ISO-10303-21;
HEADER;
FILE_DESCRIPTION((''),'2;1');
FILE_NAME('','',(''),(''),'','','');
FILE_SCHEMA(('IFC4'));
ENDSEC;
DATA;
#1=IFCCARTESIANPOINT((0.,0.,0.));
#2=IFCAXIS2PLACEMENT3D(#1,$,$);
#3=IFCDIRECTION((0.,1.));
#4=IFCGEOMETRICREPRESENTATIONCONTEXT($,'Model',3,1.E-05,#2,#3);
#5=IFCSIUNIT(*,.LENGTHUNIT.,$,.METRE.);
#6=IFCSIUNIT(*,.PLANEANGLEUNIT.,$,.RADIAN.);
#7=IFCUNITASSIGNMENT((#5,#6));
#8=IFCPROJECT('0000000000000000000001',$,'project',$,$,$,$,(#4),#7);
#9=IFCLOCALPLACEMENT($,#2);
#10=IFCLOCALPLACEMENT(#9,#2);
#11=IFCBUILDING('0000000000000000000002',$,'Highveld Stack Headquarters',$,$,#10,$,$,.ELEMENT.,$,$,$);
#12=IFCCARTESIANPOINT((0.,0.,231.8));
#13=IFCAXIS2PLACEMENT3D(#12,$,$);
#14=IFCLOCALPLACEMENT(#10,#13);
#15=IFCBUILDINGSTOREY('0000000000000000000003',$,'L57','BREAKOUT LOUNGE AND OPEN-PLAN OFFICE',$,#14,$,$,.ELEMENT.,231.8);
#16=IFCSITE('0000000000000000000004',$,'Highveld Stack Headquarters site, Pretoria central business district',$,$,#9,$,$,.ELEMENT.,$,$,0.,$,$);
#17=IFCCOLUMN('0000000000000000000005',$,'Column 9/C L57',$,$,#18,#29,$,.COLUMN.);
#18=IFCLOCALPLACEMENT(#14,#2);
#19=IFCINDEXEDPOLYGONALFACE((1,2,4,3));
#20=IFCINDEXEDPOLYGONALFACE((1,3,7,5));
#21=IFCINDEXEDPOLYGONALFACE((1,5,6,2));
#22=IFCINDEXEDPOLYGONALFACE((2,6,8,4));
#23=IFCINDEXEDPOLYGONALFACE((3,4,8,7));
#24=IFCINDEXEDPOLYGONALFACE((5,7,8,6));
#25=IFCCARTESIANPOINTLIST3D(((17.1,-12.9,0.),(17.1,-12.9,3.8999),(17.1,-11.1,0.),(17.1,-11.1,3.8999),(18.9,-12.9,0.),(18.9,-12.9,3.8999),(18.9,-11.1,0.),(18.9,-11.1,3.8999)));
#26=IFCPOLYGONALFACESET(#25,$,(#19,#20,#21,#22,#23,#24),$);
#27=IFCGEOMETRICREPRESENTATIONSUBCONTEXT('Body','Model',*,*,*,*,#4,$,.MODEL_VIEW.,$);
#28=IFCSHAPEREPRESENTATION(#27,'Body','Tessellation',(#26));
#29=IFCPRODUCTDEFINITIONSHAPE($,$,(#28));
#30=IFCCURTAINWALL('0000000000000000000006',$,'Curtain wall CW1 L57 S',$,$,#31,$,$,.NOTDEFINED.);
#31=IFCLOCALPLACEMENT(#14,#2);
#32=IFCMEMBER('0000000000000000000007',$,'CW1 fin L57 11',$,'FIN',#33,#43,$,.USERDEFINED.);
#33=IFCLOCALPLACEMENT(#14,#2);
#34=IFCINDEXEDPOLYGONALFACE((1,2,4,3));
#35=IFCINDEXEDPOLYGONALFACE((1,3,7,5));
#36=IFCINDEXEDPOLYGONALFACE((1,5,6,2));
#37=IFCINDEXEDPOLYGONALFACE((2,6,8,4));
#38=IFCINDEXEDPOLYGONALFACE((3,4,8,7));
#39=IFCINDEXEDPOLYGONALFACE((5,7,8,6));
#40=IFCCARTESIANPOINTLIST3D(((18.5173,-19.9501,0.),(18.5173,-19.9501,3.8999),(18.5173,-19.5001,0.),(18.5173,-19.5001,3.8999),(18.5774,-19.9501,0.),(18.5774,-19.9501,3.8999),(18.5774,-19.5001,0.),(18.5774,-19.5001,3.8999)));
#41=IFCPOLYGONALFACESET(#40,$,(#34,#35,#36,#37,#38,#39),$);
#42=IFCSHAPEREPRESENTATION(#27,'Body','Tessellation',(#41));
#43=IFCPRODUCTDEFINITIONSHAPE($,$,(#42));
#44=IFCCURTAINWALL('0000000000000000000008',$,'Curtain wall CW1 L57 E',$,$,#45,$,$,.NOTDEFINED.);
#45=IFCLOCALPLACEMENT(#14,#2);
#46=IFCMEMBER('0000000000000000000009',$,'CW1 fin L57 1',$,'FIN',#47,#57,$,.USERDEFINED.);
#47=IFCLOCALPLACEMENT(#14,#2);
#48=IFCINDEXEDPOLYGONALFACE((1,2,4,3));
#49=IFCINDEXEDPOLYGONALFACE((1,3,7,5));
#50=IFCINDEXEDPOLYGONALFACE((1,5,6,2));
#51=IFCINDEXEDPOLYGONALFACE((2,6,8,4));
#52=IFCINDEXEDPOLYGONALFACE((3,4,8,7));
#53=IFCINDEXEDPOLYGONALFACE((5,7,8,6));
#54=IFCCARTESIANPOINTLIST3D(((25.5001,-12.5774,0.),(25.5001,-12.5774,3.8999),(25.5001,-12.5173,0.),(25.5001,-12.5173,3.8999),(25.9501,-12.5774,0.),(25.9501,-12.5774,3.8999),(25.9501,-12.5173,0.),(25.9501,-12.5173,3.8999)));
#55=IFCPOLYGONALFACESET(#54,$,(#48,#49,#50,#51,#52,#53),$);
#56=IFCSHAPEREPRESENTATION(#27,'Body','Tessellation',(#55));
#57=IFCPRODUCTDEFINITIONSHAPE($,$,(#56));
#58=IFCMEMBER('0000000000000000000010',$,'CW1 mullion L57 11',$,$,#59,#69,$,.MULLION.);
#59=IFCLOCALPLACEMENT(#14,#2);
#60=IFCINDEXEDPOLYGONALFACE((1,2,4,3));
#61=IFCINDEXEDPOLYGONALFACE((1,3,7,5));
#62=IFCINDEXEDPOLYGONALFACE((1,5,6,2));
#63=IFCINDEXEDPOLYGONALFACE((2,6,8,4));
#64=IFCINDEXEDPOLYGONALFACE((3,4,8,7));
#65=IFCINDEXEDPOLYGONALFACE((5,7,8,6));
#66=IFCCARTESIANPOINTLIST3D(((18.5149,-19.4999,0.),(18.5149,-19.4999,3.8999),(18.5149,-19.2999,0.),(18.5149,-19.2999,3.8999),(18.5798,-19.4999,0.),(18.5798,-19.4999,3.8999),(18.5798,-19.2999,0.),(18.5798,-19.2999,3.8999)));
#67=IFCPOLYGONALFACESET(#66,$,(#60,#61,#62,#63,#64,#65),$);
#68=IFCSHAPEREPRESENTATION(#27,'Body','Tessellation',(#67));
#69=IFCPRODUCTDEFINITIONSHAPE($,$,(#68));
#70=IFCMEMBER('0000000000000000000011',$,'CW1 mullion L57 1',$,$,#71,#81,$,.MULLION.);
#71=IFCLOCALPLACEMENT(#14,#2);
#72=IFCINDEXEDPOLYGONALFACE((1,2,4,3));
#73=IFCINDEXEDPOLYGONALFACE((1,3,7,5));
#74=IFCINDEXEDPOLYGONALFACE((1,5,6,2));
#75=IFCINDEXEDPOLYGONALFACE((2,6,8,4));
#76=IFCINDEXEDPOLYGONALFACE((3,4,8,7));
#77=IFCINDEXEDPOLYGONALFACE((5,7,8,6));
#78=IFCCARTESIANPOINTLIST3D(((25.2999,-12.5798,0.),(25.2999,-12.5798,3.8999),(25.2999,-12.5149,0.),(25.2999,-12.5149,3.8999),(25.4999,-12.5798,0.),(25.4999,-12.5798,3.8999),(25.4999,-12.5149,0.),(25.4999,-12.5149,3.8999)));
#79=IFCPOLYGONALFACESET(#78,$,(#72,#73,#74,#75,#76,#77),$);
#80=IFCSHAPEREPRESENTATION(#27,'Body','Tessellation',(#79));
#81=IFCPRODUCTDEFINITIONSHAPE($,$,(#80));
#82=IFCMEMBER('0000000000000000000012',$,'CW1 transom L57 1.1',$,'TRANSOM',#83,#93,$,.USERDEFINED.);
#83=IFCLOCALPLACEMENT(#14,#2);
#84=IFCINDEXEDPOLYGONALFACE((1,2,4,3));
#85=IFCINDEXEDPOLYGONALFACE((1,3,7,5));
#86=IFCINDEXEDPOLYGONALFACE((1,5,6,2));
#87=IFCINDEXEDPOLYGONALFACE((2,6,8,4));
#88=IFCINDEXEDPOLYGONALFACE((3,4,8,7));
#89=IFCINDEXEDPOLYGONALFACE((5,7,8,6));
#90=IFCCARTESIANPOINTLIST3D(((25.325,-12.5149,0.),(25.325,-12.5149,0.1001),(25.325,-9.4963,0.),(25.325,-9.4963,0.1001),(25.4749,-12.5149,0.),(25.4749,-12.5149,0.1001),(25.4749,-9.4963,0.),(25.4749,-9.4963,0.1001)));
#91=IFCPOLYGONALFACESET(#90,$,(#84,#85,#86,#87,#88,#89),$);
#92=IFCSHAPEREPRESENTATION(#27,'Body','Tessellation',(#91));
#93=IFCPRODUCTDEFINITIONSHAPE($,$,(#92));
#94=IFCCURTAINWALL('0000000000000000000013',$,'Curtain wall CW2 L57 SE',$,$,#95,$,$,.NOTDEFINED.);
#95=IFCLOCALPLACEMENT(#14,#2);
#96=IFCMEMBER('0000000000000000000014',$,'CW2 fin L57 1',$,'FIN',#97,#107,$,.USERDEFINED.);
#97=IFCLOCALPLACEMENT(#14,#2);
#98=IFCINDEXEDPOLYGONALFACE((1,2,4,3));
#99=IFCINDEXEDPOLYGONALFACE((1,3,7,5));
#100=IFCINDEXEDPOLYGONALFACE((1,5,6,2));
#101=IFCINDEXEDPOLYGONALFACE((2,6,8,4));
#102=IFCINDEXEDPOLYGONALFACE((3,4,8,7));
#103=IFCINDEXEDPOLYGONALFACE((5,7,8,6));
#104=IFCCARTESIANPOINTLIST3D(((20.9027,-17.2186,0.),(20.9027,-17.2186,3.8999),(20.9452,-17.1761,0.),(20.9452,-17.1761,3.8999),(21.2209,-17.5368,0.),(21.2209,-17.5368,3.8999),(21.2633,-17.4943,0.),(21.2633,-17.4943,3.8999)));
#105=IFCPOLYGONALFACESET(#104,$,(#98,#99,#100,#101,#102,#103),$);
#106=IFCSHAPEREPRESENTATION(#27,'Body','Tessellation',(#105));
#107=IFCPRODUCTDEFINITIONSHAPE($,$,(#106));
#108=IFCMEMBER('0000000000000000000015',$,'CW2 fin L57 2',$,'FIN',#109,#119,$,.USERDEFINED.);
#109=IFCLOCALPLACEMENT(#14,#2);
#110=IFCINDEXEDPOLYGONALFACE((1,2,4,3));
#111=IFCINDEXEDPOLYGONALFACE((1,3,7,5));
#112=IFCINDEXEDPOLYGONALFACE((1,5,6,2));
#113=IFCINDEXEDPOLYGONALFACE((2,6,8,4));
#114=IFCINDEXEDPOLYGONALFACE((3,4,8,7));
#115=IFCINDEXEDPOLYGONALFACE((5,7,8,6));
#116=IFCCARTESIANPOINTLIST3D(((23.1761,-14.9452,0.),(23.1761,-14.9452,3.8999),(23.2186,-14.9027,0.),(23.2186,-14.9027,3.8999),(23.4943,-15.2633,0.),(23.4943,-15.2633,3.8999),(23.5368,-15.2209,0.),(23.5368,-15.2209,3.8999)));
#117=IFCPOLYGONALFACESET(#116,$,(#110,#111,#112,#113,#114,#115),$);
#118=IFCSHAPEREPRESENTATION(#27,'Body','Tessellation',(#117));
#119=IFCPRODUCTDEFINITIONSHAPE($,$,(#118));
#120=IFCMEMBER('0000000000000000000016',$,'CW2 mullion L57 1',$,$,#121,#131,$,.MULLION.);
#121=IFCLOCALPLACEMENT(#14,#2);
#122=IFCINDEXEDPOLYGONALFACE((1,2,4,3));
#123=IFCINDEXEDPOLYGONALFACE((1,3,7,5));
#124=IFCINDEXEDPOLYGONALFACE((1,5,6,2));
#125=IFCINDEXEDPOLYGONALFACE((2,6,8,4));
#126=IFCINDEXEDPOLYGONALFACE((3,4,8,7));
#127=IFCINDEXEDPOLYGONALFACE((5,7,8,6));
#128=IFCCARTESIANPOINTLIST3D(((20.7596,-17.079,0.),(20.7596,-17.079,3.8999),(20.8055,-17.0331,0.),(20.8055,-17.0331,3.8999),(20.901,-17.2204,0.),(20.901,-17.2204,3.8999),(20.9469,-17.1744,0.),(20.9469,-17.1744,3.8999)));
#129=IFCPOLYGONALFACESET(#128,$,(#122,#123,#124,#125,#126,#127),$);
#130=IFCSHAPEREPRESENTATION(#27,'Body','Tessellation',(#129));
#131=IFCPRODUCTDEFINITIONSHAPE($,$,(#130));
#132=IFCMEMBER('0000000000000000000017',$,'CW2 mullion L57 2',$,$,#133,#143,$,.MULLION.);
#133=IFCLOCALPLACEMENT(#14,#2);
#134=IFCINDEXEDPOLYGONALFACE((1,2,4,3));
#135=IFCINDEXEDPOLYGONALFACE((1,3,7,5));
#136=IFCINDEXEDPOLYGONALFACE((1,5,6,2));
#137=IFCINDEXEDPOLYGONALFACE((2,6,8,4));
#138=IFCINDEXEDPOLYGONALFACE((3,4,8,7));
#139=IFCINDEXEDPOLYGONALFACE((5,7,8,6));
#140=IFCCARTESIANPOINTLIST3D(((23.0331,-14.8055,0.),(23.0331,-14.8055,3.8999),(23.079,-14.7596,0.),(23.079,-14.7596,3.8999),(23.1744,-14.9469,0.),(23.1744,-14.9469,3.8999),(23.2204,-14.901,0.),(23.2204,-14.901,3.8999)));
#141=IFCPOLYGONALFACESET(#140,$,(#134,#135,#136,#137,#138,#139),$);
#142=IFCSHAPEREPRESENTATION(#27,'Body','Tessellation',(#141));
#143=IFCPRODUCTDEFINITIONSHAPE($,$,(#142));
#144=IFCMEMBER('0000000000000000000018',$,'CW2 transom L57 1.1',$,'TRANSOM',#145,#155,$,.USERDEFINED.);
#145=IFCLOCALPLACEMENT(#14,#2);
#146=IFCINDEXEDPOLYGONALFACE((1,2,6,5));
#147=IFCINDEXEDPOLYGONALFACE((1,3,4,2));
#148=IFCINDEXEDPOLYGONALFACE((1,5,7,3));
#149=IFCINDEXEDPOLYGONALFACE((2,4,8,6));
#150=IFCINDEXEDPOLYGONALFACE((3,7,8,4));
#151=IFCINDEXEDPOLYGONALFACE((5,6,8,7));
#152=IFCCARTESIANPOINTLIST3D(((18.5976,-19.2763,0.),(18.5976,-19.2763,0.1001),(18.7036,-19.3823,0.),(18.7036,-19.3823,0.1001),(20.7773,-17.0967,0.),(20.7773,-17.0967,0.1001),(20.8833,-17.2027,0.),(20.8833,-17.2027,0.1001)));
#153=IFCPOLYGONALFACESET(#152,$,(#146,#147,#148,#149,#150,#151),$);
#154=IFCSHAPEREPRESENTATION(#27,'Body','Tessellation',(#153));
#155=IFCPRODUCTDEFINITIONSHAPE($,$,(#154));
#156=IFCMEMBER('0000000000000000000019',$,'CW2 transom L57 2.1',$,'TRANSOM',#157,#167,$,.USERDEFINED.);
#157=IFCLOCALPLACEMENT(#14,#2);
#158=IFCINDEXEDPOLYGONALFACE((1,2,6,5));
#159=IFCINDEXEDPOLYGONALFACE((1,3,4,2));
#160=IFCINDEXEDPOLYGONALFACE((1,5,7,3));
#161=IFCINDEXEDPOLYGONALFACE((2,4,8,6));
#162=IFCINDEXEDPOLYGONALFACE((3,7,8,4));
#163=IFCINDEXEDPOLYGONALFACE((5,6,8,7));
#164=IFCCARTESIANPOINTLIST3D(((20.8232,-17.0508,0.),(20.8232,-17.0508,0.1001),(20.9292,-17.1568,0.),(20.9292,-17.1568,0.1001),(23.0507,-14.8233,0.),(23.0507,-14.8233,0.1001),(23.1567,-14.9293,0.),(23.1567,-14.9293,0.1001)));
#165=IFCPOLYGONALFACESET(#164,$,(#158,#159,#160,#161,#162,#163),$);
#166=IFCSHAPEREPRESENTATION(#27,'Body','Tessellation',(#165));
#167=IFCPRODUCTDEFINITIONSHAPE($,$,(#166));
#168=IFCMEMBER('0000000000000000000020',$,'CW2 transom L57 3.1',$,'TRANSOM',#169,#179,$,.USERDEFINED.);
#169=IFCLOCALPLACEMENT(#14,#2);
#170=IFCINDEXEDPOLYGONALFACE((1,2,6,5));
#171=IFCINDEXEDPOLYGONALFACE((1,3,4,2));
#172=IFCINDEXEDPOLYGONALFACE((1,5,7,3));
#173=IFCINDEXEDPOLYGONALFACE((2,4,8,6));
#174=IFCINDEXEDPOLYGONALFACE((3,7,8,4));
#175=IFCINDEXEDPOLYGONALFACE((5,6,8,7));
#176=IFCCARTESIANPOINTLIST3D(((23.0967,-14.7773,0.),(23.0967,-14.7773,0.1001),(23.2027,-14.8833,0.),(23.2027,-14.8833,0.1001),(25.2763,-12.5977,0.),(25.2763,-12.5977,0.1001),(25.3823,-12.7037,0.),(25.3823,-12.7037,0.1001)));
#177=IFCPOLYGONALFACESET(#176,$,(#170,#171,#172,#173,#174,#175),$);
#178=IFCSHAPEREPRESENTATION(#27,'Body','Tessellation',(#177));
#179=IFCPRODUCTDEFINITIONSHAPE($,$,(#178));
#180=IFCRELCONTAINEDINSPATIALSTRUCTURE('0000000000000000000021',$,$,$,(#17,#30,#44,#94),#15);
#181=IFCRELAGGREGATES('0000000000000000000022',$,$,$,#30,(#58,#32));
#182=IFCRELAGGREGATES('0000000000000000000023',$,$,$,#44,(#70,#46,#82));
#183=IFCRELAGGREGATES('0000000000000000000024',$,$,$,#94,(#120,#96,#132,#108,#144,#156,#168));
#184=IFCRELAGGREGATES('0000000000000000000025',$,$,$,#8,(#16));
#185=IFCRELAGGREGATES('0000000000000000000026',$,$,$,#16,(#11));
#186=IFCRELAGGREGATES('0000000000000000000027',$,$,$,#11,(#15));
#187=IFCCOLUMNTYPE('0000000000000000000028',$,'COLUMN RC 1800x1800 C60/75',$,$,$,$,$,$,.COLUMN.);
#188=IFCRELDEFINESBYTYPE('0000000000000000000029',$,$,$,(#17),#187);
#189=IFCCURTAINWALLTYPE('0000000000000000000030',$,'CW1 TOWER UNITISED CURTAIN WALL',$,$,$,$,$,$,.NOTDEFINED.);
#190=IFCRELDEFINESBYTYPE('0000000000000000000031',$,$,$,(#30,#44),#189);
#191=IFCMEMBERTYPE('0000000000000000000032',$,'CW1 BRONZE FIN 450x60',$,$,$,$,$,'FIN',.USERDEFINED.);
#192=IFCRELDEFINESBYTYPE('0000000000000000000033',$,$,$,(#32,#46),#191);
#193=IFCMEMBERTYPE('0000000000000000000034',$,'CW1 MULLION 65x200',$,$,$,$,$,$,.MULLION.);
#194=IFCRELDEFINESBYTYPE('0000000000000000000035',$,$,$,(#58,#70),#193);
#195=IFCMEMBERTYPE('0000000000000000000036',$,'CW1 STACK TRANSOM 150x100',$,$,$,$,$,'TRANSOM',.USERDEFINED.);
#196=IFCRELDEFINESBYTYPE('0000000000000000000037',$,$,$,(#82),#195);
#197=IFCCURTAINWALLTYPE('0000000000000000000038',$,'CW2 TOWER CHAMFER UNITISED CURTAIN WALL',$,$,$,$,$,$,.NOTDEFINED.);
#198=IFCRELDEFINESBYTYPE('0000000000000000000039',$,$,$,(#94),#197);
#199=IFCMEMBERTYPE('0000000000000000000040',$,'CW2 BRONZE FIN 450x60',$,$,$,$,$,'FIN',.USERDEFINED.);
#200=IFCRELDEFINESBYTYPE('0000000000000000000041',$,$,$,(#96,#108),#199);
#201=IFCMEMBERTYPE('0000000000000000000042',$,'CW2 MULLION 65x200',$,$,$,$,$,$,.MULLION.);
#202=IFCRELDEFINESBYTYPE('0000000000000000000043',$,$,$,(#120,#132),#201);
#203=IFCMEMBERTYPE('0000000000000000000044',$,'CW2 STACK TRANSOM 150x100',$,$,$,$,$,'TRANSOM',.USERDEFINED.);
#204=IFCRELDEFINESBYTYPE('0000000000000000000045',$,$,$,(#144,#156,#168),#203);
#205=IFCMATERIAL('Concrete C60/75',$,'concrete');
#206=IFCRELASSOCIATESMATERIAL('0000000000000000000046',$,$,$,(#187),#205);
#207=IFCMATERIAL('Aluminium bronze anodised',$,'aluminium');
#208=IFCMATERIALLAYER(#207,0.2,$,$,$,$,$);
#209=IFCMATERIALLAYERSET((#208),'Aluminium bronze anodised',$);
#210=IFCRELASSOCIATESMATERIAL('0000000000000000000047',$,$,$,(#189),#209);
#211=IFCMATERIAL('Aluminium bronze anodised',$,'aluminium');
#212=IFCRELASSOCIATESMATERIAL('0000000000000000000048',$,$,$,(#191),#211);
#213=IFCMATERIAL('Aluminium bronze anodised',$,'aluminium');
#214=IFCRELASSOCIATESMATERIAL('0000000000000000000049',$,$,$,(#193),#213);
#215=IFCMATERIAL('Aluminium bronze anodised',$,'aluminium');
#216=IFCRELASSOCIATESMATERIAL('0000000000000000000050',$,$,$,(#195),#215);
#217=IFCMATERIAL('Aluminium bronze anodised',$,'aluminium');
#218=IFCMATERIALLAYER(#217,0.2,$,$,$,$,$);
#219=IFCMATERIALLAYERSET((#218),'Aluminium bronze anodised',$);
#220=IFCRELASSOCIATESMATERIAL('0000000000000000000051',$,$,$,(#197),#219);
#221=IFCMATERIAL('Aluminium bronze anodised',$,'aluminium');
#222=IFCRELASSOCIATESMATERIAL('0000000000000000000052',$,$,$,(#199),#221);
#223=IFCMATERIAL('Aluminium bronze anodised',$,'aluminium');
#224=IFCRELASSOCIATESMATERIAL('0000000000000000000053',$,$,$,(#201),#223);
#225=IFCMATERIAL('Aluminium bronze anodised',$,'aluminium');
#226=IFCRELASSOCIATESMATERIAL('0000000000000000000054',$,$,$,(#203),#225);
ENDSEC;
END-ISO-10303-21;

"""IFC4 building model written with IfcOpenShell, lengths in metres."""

from ifc_helpers import new_model, si_unit, direction, frame, origin, origin_2d, place, context, subcontext, project, spatial, rectangle, extrude, material, layer, layer_set, material_profile, profile_set, type_object, element, aggregate, save


model = new_model("IFC4")

# Units and contexts
model_context = context("Model", 3, precision=1e-05, world=origin(), true_north=direction((0.0, 1.0)))
body_context = subcontext(model_context, "Body", "Model", "MODEL_VIEW")
ifc_project = project(units=[si_unit("LENGTHUNIT", "METRE"), si_unit("PLANEANGLEUNIT", "RADIAN")], contexts=[model_context])

# Site, building, storey
site_placement = place(None, origin())
site = spatial("IfcSite", under=ifc_project, at=site_placement, Name="Highveld Stack Headquarters site, Pretoria central business district", CompositionType="ELEMENT", RefElevation=0.0)
building_placement = place(site_placement, origin())
building = spatial("IfcBuilding", under=site, at=building_placement, Name="Highveld Stack Headquarters", CompositionType="ELEMENT")
storey_placement = place(building_placement, frame((0.0, 0.0, 231.8)))
storey = spatial("IfcBuildingStorey", under=building, at=storey_placement, Name="L57", Description="BREAKOUT LOUNGE AND OPEN-PLAN OFFICE", CompositionType="ELEMENT", Elevation=231.8)

# Column
ifc_material_1 = material(Name="Concrete C60/75", Category="concrete")
ifc_material_profile_1 = material_profile(ifc_material_1, rectangle(XDim=1.8, YDim=1.8, at=origin_2d()), Name="RC 1800x1800")
ifc_profile_set_1 = profile_set([ifc_material_profile_1], Name="Concrete C60/75")
column_type = type_object("IfcColumnType", Name="COLUMN RC 1800x1800 C60/75", PredefinedType="COLUMN", material=ifc_profile_set_1)
column_placement = place(storey_placement, frame((18.0, -12.0, 0.0), z_axis=(0.0, 0.0, 1.0), x_axis=(1.0, 0.0, 0.0)))
element("IfcColumn", 1, at=column_placement, inside=storey, type_object=column_type, Name="Column 9/C L57", PredefinedType="COLUMN", context=body_context, shape_type="SweptSolid", body=[
    extrude(rectangle(XDim=1.8, YDim=1.8, at=origin_2d()), origin(), (0.0, 0.0, 1.0), 3.8999),
])

# Curtain walls, members
ifc_material_2 = material(Name="Aluminium bronze anodised", Category="aluminium")
ifc_layer_1 = layer(ifc_material_2, 0.2)
ifc_layer_set_1 = layer_set([ifc_layer_1], Name="Aluminium bronze anodised")
curtain_wall_type_1 = type_object("IfcCurtainWallType", Name="CW1 TOWER UNITISED CURTAIN WALL", PredefinedType="NOTDEFINED", material=ifc_layer_set_1)
curtain_wall_1_placement = place(storey_placement, origin())
curtain_wall_1 = element("IfcCurtainWall", 2, at=curtain_wall_1_placement, inside=storey, type_object=curtain_wall_type_1, Name="Curtain wall CW1 L57 S", PredefinedType="NOTDEFINED")
ifc_material_3 = material(Name="Aluminium bronze anodised", Category="aluminium")
ifc_material_profile_2 = material_profile(ifc_material_3, rectangle(XDim=0.45, YDim=0.0601, at=origin_2d()), Name="FIN 450x60")
ifc_profile_set_2 = profile_set([ifc_material_profile_2], Name="Aluminium bronze anodised")
member_type_1 = type_object("IfcMemberType", Name="CW1 BRONZE FIN 450x60", ElementType="FIN", PredefinedType="USERDEFINED", material=ifc_profile_set_2)
member_1_placement = place(storey_placement, frame((18.5474, -19.7251, 0.0), z_axis=(0.0, 0.0, 1.0), x_axis=(0.0, 1.0, 0.0)))
member_1 = element("IfcMember", 3, at=member_1_placement, type_object=member_type_1, Name="CW1 fin L57 11", ObjectType="FIN", PredefinedType="USERDEFINED", context=body_context, shape_type="SweptSolid", body=[
    extrude(rectangle(XDim=0.45, YDim=0.0601, at=origin_2d()), origin(), (0.0, 0.0, 1.0), 3.8999),
])
curtain_wall_2_placement = place(storey_placement, origin())
curtain_wall_2 = element("IfcCurtainWall", 4, at=curtain_wall_2_placement, inside=storey, type_object=curtain_wall_type_1, Name="Curtain wall CW1 L57 E", PredefinedType="NOTDEFINED")
member_2_placement = place(storey_placement, frame((25.7251, -12.5474, 0.0), z_axis=(0.0, 0.0, 1.0), x_axis=(-1.0, 0.0, 0.0)))
member_2 = element("IfcMember", 5, at=member_2_placement, type_object=member_type_1, Name="CW1 fin L57 1", ObjectType="FIN", PredefinedType="USERDEFINED", context=body_context, shape_type="SweptSolid", body=[
    extrude(rectangle(XDim=0.45, YDim=0.0601, at=origin_2d()), origin(), (0.0, 0.0, 1.0), 3.8999),
])

# Members
ifc_material_4 = material(Name="Aluminium bronze anodised", Category="aluminium")
ifc_material_profile_3 = material_profile(ifc_material_4, rectangle(XDim=0.2, YDim=0.0649, at=origin_2d()), Name="CW1 MULLION 65x200")
ifc_profile_set_3 = profile_set([ifc_material_profile_3], Name="Aluminium bronze anodised")
member_type_2 = type_object("IfcMemberType", Name="CW1 MULLION 65x200", PredefinedType="MULLION", material=ifc_profile_set_3)
member_3_placement = place(storey_placement, frame((18.5474, -19.3999, 0.0), z_axis=(0.0, 0.0, 1.0), x_axis=(0.0, 1.0, 0.0)))
member_3 = element("IfcMember", 6, at=member_3_placement, type_object=member_type_2, Name="CW1 mullion L57 11", PredefinedType="MULLION", context=body_context, shape_type="SweptSolid", body=[
    extrude(rectangle(XDim=0.2, YDim=0.0649, at=origin_2d()), origin(), (0.0, 0.0, 1.0), 3.8999),
])
aggregate(curtain_wall_1, [member_3, member_1])
member_4_placement = place(storey_placement, frame((25.3999, -12.5474, 0.0), z_axis=(0.0, 0.0, 1.0), x_axis=(-1.0, 0.0, 0.0)))
member_4 = element("IfcMember", 7, at=member_4_placement, type_object=member_type_2, Name="CW1 mullion L57 1", PredefinedType="MULLION", context=body_context, shape_type="SweptSolid", body=[
    extrude(rectangle(XDim=0.2, YDim=0.0649, at=origin_2d()), origin(), (0.0, 0.0, 1.0), 3.8999),
])
ifc_material_5 = material(Name="Aluminium bronze anodised", Category="aluminium")
ifc_material_profile_4 = material_profile(ifc_material_5, rectangle(XDim=0.1499, YDim=0.1001, at=origin_2d()), Name="CW1 TRANSOM 150x100")
ifc_profile_set_4 = profile_set([ifc_material_profile_4], Name="Aluminium bronze anodised")
member_type_3 = type_object("IfcMemberType", Name="CW1 STACK TRANSOM 150x100", ElementType="TRANSOM", PredefinedType="USERDEFINED", material=ifc_profile_set_4)
member_5_placement = place(storey_placement, frame((25.3999, -12.5149, 0.05), z_axis=(0.0, 1.0, 0.0), x_axis=(-1.0, 0.0, 0.0)))
member_5 = element("IfcMember", 8, at=member_5_placement, type_object=member_type_3, Name="CW1 transom L57 1.1", ObjectType="TRANSOM", PredefinedType="USERDEFINED", context=body_context, shape_type="SweptSolid", body=[
    extrude(rectangle(XDim=0.1499, YDim=0.1001, at=origin_2d()), origin(), (0.0, 0.0, 1.0), 3.0186),
])
aggregate(curtain_wall_2, [member_4, member_2, member_5])

# Curtain wall, members
ifc_material_6 = material(Name="Aluminium bronze anodised", Category="aluminium")
ifc_layer_2 = layer(ifc_material_6, 0.2)
ifc_layer_set_2 = layer_set([ifc_layer_2], Name="Aluminium bronze anodised")
curtain_wall_type_2 = type_object("IfcCurtainWallType", Name="CW2 TOWER CHAMFER UNITISED CURTAIN WALL", PredefinedType="NOTDEFINED", material=ifc_layer_set_2)
curtain_wall_3_placement = place(storey_placement, origin())
curtain_wall_3 = element("IfcCurtainWall", 9, at=curtain_wall_3_placement, inside=storey, type_object=curtain_wall_type_2, Name="Curtain wall CW2 L57 SE", PredefinedType="NOTDEFINED")
ifc_material_7 = material(Name="Aluminium bronze anodised", Category="aluminium")
ifc_material_profile_5 = material_profile(ifc_material_7, rectangle(XDim=0.45, YDim=0.0601, at=origin_2d()), Name="FIN 450x60")
ifc_profile_set_5 = profile_set([ifc_material_profile_5], Name="Aluminium bronze anodised")
member_type_4 = type_object("IfcMemberType", Name="CW2 BRONZE FIN 450x60", ElementType="FIN", PredefinedType="USERDEFINED", material=ifc_profile_set_5)
member_6_placement = place(storey_placement, frame((21.083, -17.3564, 0.0), z_axis=(0.0, 0.0, 1.0), x_axis=(-0.707107, 0.707107, 0.0)))
member_6 = element("IfcMember", 10, at=member_6_placement, type_object=member_type_4, Name="CW2 fin L57 1", ObjectType="FIN", PredefinedType="USERDEFINED", context=body_context, shape_type="SweptSolid", body=[
    extrude(rectangle(XDim=0.45, YDim=0.0601, at=origin_2d()), origin(), (0.0, 0.0, 1.0), 3.8999),
])
member_7_placement = place(storey_placement, frame((23.3564, -15.083, 0.0), z_axis=(0.0, 0.0, 1.0), x_axis=(-0.707107, 0.707107, 0.0)))
member_7 = element("IfcMember", 11, at=member_7_placement, type_object=member_type_4, Name="CW2 fin L57 2", ObjectType="FIN", PredefinedType="USERDEFINED", context=body_context, shape_type="SweptSolid", body=[
    extrude(rectangle(XDim=0.45, YDim=0.0601, at=origin_2d()), origin(), (0.0, 0.0, 1.0), 3.8999),
])
ifc_material_8 = material(Name="Aluminium bronze anodised", Category="aluminium")
ifc_material_profile_6 = material_profile(ifc_material_8, rectangle(XDim=0.2, YDim=0.0649, at=origin_2d()), Name="CW2 MULLION 65x200")
ifc_profile_set_6 = profile_set([ifc_material_profile_6], Name="Aluminium bronze anodised")
member_type_5 = type_object("IfcMemberType", Name="CW2 MULLION 65x200", PredefinedType="MULLION", material=ifc_profile_set_6)
member_8_placement = place(storey_placement, frame((20.8533, -17.1267, 0.0), z_axis=(0.0, 0.0, 1.0), x_axis=(-0.707107, 0.707107, 0.0)))
member_8 = element("IfcMember", 12, at=member_8_placement, type_object=member_type_5, Name="CW2 mullion L57 1", PredefinedType="MULLION", context=body_context, shape_type="SweptSolid", body=[
    extrude(rectangle(XDim=0.2, YDim=0.0649, at=origin_2d()), origin(), (0.0, 0.0, 1.0), 3.8999),
])
member_9_placement = place(storey_placement, frame((23.1267, -14.8533, 0.0), z_axis=(0.0, 0.0, 1.0), x_axis=(-0.707107, 0.707107, 0.0)))
member_9 = element("IfcMember", 13, at=member_9_placement, type_object=member_type_5, Name="CW2 mullion L57 2", PredefinedType="MULLION", context=body_context, shape_type="SweptSolid", body=[
    extrude(rectangle(XDim=0.2, YDim=0.0649, at=origin_2d()), origin(), (0.0, 0.0, 1.0), 3.8999),
])
ifc_material_9 = material(Name="Aluminium bronze anodised", Category="aluminium")
ifc_material_profile_7 = material_profile(ifc_material_9, rectangle(XDim=0.1499, YDim=0.1001, at=origin_2d()), Name="CW2 TRANSOM 150x100")
ifc_profile_set_7 = profile_set([ifc_material_profile_7], Name="Aluminium bronze anodised")
member_type_6 = type_object("IfcMemberType", Name="CW2 STACK TRANSOM 150x100", ElementType="TRANSOM", PredefinedType="USERDEFINED", material=ifc_profile_set_7)
member_10_placement = place(storey_placement, frame((18.6506, -19.3293, 0.05), z_axis=(0.707107, 0.707107, 0.0), x_axis=(-0.707107, 0.707107, 0.0)))
member_10 = element("IfcMember", 14, at=member_10_placement, type_object=member_type_6, Name="CW2 transom L57 1.1", ObjectType="TRANSOM", PredefinedType="USERDEFINED", context=body_context, shape_type="SweptSolid", body=[
    extrude(rectangle(XDim=0.1499, YDim=0.1001, at=origin_2d()), origin(), (0.0, 0.0, 1.0), 3.0825),
])
member_11_placement = place(storey_placement, frame((20.8762, -17.1038, 0.05), z_axis=(0.707107, 0.707107, 0.0), x_axis=(-0.707107, 0.707107, 0.0)))
member_11 = element("IfcMember", 15, at=member_11_placement, type_object=member_type_6, Name="CW2 transom L57 2.1", ObjectType="TRANSOM", PredefinedType="USERDEFINED", context=body_context, shape_type="SweptSolid", body=[
    extrude(rectangle(XDim=0.1499, YDim=0.1001, at=origin_2d()), origin(), (0.0, 0.0, 1.0), 3.1501),
])
member_12_placement = place(storey_placement, frame((23.1497, -14.8303, 0.05), z_axis=(0.707107, 0.707107, 0.0), x_axis=(-0.707107, 0.707107, 0.0)))
member_12 = element("IfcMember", 16, at=member_12_placement, type_object=member_type_6, Name="CW2 transom L57 3.1", ObjectType="TRANSOM", PredefinedType="USERDEFINED", context=body_context, shape_type="SweptSolid", body=[
    extrude(rectangle(XDim=0.1499, YDim=0.1001, at=origin_2d()), origin(), (0.0, 0.0, 1.0), 3.0825),
])
aggregate(curtain_wall_3, [member_8, member_6, member_9, member_7, member_10, member_11, member_12])

save(model, "model.ifc")
